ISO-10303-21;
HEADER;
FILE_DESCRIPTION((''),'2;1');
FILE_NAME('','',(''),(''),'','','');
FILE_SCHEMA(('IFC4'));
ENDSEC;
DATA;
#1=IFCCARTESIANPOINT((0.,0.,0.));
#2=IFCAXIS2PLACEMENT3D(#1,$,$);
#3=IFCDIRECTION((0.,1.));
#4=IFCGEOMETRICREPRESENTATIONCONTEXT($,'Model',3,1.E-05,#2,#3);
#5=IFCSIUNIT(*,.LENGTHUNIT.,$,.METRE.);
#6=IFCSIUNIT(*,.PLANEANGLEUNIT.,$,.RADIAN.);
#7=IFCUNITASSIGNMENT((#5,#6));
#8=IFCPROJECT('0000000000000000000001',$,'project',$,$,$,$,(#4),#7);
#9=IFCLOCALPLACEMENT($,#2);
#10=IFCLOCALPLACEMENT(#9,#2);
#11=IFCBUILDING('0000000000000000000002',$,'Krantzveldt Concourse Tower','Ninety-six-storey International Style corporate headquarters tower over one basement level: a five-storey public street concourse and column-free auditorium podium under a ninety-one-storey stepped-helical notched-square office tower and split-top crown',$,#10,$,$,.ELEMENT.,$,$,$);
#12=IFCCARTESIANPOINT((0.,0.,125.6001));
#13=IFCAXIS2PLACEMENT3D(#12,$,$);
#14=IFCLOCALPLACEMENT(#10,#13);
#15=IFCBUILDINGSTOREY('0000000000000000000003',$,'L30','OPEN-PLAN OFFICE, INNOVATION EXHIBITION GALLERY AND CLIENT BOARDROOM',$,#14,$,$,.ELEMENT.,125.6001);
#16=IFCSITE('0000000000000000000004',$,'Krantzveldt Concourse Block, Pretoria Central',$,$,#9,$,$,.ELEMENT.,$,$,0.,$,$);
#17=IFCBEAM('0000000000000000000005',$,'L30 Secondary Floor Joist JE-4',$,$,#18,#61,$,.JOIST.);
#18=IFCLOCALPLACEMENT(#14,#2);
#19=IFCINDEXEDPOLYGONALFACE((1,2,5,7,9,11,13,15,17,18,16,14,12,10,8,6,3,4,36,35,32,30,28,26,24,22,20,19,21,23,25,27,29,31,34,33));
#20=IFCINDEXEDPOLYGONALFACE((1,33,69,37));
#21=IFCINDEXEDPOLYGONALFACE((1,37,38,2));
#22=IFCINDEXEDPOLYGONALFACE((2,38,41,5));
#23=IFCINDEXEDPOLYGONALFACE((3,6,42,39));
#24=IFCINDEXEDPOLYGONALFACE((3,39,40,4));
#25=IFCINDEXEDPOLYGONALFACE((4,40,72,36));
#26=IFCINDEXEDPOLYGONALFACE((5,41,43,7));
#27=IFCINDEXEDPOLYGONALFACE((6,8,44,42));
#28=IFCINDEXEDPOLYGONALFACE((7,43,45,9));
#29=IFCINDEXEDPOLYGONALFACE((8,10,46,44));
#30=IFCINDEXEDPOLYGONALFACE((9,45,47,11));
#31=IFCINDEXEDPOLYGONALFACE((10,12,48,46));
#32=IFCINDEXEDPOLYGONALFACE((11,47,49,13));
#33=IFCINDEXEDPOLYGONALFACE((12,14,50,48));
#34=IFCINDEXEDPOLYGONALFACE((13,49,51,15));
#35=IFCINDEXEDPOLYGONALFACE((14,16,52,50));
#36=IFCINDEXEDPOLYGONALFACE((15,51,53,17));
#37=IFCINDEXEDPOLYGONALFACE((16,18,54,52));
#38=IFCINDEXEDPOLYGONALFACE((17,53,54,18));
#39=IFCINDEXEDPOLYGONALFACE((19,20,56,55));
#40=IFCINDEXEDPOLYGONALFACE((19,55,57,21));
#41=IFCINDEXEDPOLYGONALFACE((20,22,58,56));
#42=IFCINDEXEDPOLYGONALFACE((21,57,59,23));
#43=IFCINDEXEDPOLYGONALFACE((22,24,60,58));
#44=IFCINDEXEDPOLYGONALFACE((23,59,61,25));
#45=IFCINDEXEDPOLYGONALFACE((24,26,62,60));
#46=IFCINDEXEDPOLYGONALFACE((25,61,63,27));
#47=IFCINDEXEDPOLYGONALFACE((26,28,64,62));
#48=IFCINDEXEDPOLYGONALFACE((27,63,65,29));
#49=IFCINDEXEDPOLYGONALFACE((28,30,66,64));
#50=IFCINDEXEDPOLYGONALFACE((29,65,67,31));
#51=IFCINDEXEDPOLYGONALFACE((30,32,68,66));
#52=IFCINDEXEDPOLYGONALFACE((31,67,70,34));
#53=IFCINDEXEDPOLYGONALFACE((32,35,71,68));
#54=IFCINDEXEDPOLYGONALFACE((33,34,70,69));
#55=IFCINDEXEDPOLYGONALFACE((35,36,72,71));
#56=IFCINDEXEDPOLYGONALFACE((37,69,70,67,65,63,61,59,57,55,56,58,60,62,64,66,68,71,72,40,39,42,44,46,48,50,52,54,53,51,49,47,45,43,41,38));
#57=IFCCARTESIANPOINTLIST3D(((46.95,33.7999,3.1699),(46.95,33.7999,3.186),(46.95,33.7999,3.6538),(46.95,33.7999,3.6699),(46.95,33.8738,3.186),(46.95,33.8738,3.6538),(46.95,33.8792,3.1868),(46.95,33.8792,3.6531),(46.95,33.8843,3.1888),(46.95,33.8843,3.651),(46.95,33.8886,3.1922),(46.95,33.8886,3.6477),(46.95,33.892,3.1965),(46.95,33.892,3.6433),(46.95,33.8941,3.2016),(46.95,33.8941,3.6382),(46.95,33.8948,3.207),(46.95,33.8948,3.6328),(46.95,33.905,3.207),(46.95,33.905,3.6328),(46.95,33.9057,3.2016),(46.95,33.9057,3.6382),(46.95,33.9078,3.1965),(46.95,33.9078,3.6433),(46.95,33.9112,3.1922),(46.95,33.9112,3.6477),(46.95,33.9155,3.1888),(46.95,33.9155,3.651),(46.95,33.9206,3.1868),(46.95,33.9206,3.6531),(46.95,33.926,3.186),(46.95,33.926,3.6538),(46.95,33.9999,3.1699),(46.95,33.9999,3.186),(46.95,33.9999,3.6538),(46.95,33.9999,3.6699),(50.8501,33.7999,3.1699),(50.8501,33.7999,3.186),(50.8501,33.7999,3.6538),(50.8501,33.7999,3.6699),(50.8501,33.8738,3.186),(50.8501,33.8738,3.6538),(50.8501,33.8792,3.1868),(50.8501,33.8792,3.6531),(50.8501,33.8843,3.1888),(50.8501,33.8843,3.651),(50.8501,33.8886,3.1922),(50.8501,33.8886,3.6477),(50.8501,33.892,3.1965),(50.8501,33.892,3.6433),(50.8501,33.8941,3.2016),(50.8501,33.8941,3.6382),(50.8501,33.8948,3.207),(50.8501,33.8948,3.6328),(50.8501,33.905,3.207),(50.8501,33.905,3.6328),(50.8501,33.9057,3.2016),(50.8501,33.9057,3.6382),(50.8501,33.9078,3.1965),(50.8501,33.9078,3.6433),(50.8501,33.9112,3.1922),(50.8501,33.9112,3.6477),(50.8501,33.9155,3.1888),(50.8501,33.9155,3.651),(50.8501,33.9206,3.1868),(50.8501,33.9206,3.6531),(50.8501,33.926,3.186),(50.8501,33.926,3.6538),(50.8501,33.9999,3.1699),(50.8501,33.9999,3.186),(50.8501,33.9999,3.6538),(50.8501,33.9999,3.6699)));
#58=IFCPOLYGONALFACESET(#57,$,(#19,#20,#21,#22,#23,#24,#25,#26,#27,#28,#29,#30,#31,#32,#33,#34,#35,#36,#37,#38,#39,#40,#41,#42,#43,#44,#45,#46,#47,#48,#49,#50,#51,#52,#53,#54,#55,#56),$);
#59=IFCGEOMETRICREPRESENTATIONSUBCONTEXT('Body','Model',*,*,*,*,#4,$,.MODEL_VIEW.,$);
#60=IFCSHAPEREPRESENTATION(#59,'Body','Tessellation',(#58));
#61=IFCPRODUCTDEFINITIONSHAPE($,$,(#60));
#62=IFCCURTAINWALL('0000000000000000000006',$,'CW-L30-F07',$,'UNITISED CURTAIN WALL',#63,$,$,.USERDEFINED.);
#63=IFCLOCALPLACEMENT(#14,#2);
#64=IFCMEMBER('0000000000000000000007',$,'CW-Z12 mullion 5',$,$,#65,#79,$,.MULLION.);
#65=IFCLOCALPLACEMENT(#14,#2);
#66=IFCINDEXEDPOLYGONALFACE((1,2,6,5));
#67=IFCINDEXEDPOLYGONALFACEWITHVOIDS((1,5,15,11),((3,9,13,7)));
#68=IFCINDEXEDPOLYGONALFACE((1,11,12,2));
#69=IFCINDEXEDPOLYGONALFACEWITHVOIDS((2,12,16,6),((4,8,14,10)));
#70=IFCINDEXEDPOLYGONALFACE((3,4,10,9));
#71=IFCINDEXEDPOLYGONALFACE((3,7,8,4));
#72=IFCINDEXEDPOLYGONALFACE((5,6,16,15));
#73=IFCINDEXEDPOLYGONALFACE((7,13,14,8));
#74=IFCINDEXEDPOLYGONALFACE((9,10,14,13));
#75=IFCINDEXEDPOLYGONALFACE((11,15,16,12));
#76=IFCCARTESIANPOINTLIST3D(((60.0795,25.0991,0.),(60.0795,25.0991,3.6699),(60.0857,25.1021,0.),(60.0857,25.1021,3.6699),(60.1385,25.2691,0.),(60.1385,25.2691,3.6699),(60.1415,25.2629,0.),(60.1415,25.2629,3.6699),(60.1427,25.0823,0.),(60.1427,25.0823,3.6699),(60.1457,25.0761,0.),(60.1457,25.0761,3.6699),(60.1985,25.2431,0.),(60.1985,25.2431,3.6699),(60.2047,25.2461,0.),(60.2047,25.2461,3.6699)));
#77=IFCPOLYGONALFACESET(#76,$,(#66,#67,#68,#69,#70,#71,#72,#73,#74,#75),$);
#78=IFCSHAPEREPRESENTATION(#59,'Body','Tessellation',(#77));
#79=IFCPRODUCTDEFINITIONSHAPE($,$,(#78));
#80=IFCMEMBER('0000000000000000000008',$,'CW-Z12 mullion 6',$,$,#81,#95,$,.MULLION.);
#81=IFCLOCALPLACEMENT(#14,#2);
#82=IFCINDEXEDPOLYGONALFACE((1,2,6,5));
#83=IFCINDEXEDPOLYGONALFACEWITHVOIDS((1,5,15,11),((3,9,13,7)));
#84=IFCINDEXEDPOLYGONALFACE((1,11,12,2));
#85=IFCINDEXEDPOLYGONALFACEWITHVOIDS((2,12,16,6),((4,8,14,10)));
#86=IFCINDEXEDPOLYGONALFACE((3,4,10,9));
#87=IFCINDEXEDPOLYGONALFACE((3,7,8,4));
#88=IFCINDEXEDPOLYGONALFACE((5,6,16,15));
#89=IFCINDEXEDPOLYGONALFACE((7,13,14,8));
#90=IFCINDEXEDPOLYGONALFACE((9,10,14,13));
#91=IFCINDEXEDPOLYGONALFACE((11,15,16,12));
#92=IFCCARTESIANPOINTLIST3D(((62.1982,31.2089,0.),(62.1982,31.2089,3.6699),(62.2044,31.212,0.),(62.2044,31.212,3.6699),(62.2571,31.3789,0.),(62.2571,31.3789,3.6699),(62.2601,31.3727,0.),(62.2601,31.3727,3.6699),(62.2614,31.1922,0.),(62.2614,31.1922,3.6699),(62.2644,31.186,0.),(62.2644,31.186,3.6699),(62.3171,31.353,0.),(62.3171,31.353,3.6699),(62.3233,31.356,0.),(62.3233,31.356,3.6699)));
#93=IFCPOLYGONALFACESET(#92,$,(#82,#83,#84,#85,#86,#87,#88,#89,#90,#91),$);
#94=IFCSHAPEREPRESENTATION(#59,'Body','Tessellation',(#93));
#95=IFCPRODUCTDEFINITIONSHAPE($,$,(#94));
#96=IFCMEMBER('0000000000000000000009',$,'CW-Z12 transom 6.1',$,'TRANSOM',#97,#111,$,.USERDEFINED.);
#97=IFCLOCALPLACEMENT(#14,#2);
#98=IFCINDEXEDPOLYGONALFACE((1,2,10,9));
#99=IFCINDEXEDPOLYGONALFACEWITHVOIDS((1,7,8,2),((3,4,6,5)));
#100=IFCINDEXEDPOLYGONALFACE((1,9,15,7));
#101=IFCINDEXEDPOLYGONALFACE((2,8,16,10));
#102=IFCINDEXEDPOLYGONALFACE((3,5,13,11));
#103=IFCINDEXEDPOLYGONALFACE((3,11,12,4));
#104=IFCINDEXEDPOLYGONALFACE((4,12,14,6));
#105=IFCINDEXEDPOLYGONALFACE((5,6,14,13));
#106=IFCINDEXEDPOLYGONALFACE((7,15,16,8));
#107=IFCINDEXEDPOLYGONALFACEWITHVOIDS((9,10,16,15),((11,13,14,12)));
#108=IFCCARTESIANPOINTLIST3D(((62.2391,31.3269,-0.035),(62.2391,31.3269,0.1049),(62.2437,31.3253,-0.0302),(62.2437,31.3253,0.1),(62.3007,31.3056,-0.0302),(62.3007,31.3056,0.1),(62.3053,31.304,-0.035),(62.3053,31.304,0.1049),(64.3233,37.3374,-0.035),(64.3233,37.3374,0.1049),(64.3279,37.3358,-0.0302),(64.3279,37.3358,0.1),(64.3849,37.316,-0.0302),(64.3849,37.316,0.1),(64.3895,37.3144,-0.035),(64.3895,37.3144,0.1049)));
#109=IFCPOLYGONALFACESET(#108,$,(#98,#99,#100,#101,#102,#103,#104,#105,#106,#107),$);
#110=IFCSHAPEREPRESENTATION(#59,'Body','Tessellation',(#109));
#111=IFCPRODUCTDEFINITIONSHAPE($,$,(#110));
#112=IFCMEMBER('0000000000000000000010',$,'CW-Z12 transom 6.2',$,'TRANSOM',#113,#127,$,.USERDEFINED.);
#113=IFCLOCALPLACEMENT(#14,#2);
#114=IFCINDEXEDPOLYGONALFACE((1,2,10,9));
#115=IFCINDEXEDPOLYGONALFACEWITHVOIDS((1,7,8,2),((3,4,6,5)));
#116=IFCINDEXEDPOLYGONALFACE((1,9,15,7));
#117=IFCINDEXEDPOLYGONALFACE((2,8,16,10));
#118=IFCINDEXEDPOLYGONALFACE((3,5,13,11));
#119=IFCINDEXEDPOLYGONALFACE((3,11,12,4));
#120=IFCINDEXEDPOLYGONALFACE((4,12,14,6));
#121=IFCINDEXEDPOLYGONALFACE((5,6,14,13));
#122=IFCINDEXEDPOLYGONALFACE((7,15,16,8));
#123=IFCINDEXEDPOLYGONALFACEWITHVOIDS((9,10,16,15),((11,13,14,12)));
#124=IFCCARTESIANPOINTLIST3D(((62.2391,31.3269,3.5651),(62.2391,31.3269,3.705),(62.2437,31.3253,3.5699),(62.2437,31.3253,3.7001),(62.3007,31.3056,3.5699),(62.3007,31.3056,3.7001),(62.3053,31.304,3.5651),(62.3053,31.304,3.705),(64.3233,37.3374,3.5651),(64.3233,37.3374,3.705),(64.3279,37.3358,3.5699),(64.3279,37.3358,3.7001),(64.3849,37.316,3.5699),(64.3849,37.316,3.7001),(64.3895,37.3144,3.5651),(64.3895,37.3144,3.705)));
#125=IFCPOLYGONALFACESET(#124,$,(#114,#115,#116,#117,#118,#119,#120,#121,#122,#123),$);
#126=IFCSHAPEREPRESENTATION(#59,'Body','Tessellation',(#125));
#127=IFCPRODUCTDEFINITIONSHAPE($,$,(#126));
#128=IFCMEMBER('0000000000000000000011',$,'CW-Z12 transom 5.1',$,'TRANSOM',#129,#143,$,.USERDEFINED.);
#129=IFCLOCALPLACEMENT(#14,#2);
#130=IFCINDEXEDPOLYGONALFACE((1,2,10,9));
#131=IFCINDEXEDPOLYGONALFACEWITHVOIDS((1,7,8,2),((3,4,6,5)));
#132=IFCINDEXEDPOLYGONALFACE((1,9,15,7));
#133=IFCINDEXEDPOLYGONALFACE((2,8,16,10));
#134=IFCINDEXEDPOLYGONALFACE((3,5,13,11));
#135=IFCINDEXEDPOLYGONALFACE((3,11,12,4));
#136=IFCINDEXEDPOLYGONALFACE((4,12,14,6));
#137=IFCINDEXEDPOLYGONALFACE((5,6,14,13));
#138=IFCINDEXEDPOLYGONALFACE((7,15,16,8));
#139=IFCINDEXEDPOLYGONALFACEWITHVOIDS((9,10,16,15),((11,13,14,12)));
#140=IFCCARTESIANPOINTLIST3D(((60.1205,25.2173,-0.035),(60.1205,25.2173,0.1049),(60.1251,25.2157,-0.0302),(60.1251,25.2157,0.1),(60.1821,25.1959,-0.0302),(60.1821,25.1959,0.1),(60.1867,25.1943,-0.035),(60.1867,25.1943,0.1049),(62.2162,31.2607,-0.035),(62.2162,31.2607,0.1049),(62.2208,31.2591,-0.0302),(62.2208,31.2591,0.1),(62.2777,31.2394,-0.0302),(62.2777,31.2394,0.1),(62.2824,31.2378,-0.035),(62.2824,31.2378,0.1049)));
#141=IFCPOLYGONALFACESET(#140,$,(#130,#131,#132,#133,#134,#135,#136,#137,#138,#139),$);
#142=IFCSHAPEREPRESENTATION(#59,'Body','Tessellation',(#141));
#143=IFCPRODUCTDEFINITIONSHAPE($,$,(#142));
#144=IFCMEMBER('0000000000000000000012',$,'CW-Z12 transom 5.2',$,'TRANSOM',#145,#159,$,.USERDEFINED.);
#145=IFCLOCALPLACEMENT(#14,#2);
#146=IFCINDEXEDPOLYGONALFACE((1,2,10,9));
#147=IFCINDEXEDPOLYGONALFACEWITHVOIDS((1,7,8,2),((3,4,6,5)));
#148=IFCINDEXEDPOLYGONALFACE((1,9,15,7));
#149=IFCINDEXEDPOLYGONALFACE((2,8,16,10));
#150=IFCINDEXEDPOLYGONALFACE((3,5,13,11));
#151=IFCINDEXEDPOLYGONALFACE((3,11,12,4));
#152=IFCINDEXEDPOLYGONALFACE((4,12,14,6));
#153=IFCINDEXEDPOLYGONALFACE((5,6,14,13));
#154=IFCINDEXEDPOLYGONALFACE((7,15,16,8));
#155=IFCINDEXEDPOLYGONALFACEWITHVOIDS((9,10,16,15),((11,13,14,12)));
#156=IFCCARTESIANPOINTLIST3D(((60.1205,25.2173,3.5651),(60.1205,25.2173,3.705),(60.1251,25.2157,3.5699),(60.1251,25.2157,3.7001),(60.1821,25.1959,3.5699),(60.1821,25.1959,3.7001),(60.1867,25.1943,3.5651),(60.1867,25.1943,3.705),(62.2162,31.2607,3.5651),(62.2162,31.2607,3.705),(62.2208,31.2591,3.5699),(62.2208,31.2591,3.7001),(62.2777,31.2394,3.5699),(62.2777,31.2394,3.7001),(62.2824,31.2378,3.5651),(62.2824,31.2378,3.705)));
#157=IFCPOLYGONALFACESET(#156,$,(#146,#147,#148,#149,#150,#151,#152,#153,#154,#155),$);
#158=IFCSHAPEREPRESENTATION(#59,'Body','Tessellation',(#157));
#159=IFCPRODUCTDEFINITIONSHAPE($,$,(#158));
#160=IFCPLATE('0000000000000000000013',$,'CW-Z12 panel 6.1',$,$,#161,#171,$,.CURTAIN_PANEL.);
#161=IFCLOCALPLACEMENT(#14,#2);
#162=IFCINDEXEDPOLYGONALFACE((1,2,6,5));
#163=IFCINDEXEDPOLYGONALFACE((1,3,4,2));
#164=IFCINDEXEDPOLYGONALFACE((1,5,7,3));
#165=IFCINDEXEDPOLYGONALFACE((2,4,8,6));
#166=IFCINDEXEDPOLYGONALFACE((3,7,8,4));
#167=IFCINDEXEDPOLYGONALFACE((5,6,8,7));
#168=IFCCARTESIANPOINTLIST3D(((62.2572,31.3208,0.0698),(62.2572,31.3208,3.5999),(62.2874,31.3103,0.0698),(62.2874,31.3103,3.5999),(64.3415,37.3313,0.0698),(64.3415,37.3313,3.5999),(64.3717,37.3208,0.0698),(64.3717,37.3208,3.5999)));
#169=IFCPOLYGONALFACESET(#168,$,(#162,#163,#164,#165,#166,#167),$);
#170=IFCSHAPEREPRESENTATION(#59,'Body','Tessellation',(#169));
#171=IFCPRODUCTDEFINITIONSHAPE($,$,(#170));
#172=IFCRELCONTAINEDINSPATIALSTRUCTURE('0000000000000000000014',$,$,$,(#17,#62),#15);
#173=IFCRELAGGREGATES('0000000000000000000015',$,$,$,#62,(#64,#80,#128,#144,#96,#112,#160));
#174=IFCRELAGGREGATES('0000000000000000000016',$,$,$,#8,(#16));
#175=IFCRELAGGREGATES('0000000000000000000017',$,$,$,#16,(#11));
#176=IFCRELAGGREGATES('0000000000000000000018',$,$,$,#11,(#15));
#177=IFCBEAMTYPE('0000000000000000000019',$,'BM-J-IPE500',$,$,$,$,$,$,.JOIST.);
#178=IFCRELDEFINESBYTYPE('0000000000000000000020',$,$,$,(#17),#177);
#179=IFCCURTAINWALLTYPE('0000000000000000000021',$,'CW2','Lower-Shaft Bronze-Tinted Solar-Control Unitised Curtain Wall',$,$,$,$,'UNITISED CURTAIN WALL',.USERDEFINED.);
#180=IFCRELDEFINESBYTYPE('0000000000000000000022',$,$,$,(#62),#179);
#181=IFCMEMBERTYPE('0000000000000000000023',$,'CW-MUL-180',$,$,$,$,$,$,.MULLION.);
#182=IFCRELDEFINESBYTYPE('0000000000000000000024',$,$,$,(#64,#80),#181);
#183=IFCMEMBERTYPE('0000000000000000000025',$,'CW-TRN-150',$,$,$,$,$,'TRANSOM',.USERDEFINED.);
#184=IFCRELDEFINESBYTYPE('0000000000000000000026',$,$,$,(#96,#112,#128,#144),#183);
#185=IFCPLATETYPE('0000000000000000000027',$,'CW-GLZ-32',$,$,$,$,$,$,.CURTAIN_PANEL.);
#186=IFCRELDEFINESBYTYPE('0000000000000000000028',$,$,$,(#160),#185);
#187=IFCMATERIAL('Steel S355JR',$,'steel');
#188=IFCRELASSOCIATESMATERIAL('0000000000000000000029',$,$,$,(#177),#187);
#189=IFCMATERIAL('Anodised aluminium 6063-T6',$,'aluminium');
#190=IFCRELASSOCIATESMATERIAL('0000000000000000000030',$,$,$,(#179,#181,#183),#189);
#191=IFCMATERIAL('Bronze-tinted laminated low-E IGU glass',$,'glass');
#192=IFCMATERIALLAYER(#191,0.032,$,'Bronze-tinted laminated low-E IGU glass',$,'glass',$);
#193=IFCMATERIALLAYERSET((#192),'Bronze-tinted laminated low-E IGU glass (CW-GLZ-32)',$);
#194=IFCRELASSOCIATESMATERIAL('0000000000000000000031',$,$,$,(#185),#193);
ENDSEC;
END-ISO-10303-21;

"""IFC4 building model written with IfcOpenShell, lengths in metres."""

from ifc_helpers import new_model, si_unit, direction, frame, origin, origin_2d, place, context, subcontext, project, spatial, rectangle, hollow_rectangle, i_section, extrude, source, transform, mapped, material, layer, layer_set, material_profile, profile_set, type_object, type_shapes, element, aggregate, save


model = new_model("IFC4")

# Units and contexts
model_context = context("Model", 3, precision=1e-05, world=origin(), true_north=direction((0.0, 1.0)))
body_context = subcontext(model_context, "Body", "Model", "MODEL_VIEW")
ifc_project = project(units=[si_unit("LENGTHUNIT", "METRE"), si_unit("PLANEANGLEUNIT", "RADIAN")], contexts=[model_context])

# Site, building, storey
site_placement = place(None, origin())
site = spatial("IfcSite", under=ifc_project, at=site_placement, Name="Krantzveldt Concourse Block, Pretoria Central", CompositionType="ELEMENT", RefElevation=0.0)
building_placement = place(site_placement, origin())
building = spatial("IfcBuilding", under=site, at=building_placement, Name="Krantzveldt Concourse Tower", Description="Ninety-six-storey International Style corporate headquarters tower over one basement level: a five-storey public street concourse and column-free auditorium podium under a ninety-one-storey stepped-helical notched-square office tower and split-top crown", CompositionType="ELEMENT")
storey_placement = place(building_placement, frame((0.0, 0.0, 125.6001)))
storey = spatial("IfcBuildingStorey", under=building, at=storey_placement, Name="L30", Description="OPEN-PLAN OFFICE, INNOVATION EXHIBITION GALLERY AND CLIENT BOARDROOM", CompositionType="ELEMENT", Elevation=125.6001)

# Beam
ifc_material_1 = material(Name="Steel S355JR", Category="steel")
ifc_material_profile_1 = material_profile(ifc_material_1, i_section(OverallWidth=0.2, OverallDepth=0.5, WebThickness=0.0103, FlangeThickness=0.0161, FilletRadius=0.021, at=origin_2d()), Name="Steel S355JR", Category="steel")
ifc_profile_set_1 = profile_set([ifc_material_profile_1], Name="Steel S355JR - IPE 500")
beam_type_1 = type_object("IfcBeamType", Name="BM-J-IPE500", PredefinedType="JOIST", material=ifc_profile_set_1)
shared_shape_1 = source(origin(), body_context, "Body", "SweptSolid", [
    extrude(i_section(OverallWidth=0.2, OverallDepth=0.5, WebThickness=0.0103, FlangeThickness=0.0161, FilletRadius=0.021, at=origin_2d()), origin(), (0.0, 0.0, 1.0), 3.9001),
])
type_shapes(beam_type_1, [shared_shape_1])
for number, where, z_axis, x_axis, name in (
    (1, (46.95, 33.8999, 3.4199), (1.0, 0.0, 0.0), (0.0, 1.0, 0.0), "L30 Secondary Floor Joist JE-4"),
):
    element("IfcBeam", number, at=place(storey_placement, frame(where, z_axis=z_axis, x_axis=x_axis)), inside=storey, type_object=beam_type_1, Name=name, PredefinedType="JOIST", context=body_context, shape_type="MappedRepresentation", body=[
        mapped(shared_shape_1, transform((0.0, 0.0, 0.0), x_axis=(1.0, 0.0, 0.0), y_axis=(0.0, 1.0, 0.0), z_axis=(0.0, 0.0, 1.0), scale=1.0)),
    ])

# Curtain wall, members, plate
ifc_material_2 = material(Name="Anodised aluminium 6063-T6", Category="aluminium")
curtain_wall_type = type_object("IfcCurtainWallType", Name="CW2", Description="Lower-Shaft Bronze-Tinted Solar-Control Unitised Curtain Wall", ElementType="UNITISED CURTAIN WALL", PredefinedType="USERDEFINED", material=ifc_material_2)
curtain_wall_placement = place(storey_placement, origin())
curtain_wall = element("IfcCurtainWall", 2, at=curtain_wall_placement, inside=storey, type_object=curtain_wall_type, Name="CW-L30-F07", ObjectType="UNITISED CURTAIN WALL", PredefinedType="USERDEFINED")
ifc_material_profile_2 = material_profile(ifc_material_2, hollow_rectangle(XDim=0.0701, YDim=0.1799, WallThickness=0.0049, at=origin_2d()), Name="Anodised aluminium 6063-T6", Category="aluminium")
ifc_profile_set_2 = profile_set([ifc_material_profile_2], Name="Anodised aluminium 6063-T6 - ALU-MULL 180x70x5")
member_type_1 = type_object("IfcMemberType", Name="CW-MUL-180", PredefinedType="MULLION", material=ifc_profile_set_2)
shared_shape_2 = source(origin(), body_context, "Body", "SweptSolid", [
    extrude(hollow_rectangle(XDim=0.0701, YDim=0.1799, WallThickness=0.0049, at=origin_2d()), origin(), (0.0, 0.0, 1.0), 3.6699),
])
type_shapes(member_type_1, [shared_shape_2])
member_1_placement = place(storey_placement, frame((60.1421, 25.1726, 0.0), z_axis=(0.0, 0.0, 1.0), x_axis=(-0.944806, 0.32763, 0.0)))
member_1 = element("IfcMember", 3, at=member_1_placement, type_object=member_type_1, Name="CW-Z12 mullion 5", PredefinedType="MULLION", context=body_context, shape_type="MappedRepresentation", body=[
    mapped(shared_shape_2, transform((0.0, 0.0, 0.0), x_axis=(1.0, 0.0, 0.0), y_axis=(0.0, 1.0, 0.0), z_axis=(0.0, 0.0, 1.0), scale=1.0)),
])
member_2_placement = place(storey_placement, frame((62.2607, 31.2825, 0.0), z_axis=(0.0, 0.0, 1.0), x_axis=(-0.944806, 0.32763, 0.0)))
member_2 = element("IfcMember", 4, at=member_2_placement, type_object=member_type_1, Name="CW-Z12 mullion 6", PredefinedType="MULLION", context=body_context, shape_type="MappedRepresentation", body=[
    mapped(shared_shape_2, transform((0.0, 0.0, 0.0), x_axis=(1.0, 0.0, 0.0), y_axis=(0.0, 1.0, 0.0), z_axis=(0.0, 0.0, 1.0), scale=1.0)),
])
ifc_material_profile_3 = material_profile(ifc_material_2, hollow_rectangle(XDim=0.0701, YDim=0.1399, WallThickness=0.0049, at=origin_2d()), Name="Anodised aluminium 6063-T6", Category="aluminium")
ifc_profile_set_3 = profile_set([ifc_material_profile_3], Name="Anodised aluminium 6063-T6 - ALU-TRAN 140x70x5")
member_type_2 = type_object("IfcMemberType", Name="CW-TRN-150", ElementType="TRANSOM", PredefinedType="USERDEFINED", material=ifc_profile_set_3)
shared_shape_3 = source(origin(), body_context, "Body", "SweptSolid", [
    extrude(hollow_rectangle(XDim=0.0701, YDim=0.1399, WallThickness=0.0049, at=origin_2d()), origin(), (0.0, 0.0, 1.0), 6.3616),
])
member_3_placement = place(storey_placement, frame((62.2722, 31.3154, 0.0349), z_axis=(0.327626, 0.944808, 0.0), x_axis=(-0.944808, 0.327626, 0.0)))
member_3 = element("IfcMember", 5, at=member_3_placement, type_object=member_type_2, Name="CW-Z12 transom 6.1", ObjectType="TRANSOM", PredefinedType="USERDEFINED", context=body_context, shape_type="MappedRepresentation", body=[
    mapped(shared_shape_3, transform((0.0, 0.0, 0.0), x_axis=(1.0, 0.0, 0.0), y_axis=(0.0, 1.0, 0.0), z_axis=(0.0, 0.0, 1.0), scale=1.0)),
])
member_4_placement = place(storey_placement, frame((62.2722, 31.3154, 3.635), z_axis=(0.327626, 0.944808, 0.0), x_axis=(-0.944808, 0.327626, 0.0)))
member_4 = element("IfcMember", 6, at=member_4_placement, type_object=member_type_2, Name="CW-Z12 transom 6.2", ObjectType="TRANSOM", PredefinedType="USERDEFINED", context=body_context, shape_type="MappedRepresentation", body=[
    mapped(shared_shape_3, transform((0.0, 0.0, 0.0), x_axis=(1.0, 0.0, 0.0), y_axis=(0.0, 1.0, 0.0), z_axis=(0.0, 0.0, 1.0), scale=1.0)),
])
shared_shape_4 = source(origin(), body_context, "Body", "SweptSolid", [
    extrude(hollow_rectangle(XDim=0.0701, YDim=0.1399, WallThickness=0.0049, at=origin_2d()), origin(), (0.0, 0.0, 1.0), 6.3965),
])
type_shapes(member_type_2, [shared_shape_3, shared_shape_4])
member_5_placement = place(storey_placement, frame((60.1536, 25.2058, 0.0349), z_axis=(0.327632, 0.944805, 0.0), x_axis=(-0.944805, 0.327632, 0.0)))
member_5 = element("IfcMember", 7, at=member_5_placement, type_object=member_type_2, Name="CW-Z12 transom 5.1", ObjectType="TRANSOM", PredefinedType="USERDEFINED", context=body_context, shape_type="MappedRepresentation", body=[
    mapped(shared_shape_4, transform((0.0, 0.0, 0.0), x_axis=(1.0, 0.0, 0.0), y_axis=(0.0, 1.0, 0.0), z_axis=(0.0, 0.0, 1.0), scale=1.0)),
])
member_6_placement = place(storey_placement, frame((60.1536, 25.2058, 3.635), z_axis=(0.327632, 0.944805, 0.0), x_axis=(-0.944805, 0.327632, 0.0)))
member_6 = element("IfcMember", 8, at=member_6_placement, type_object=member_type_2, Name="CW-Z12 transom 5.2", ObjectType="TRANSOM", PredefinedType="USERDEFINED", context=body_context, shape_type="MappedRepresentation", body=[
    mapped(shared_shape_4, transform((0.0, 0.0, 0.0), x_axis=(1.0, 0.0, 0.0), y_axis=(0.0, 1.0, 0.0), z_axis=(0.0, 0.0, 1.0), scale=1.0)),
])
ifc_material_3 = material(Name="Bronze-tinted laminated low-E IGU glass", Category="glass")
ifc_layer_1 = layer(ifc_material_3, 0.032, Name="Bronze-tinted laminated low-E IGU glass", Category="glass")
ifc_layer_set_1 = layer_set([ifc_layer_1], Name="Bronze-tinted laminated low-E IGU glass (CW-GLZ-32)")
plate_type = type_object("IfcPlateType", Name="CW-GLZ-32", PredefinedType="CURTAIN_PANEL", material=ifc_layer_set_1)
shared_shape_5 = source(origin(), body_context, "Body", "SweptSolid", [
    extrude(rectangle(XDim=6.3616, YDim=0.032, at=origin_2d()), origin(), (0.0, 0.0, 1.0), 3.53),
])
plate_1_placement = place(storey_placement, frame((63.3145, 34.3208, 0.0698), z_axis=(0.0, 0.0, 1.0), x_axis=(0.32763, 0.944806, 0.0)))
plate_1 = element("IfcPlate", 9, at=plate_1_placement, type_object=plate_type, Name="CW-Z12 panel 6.1", PredefinedType="CURTAIN_PANEL", context=body_context, shape_type="MappedRepresentation", body=[
    mapped(shared_shape_5, transform((0.0, 0.0, 0.0), x_axis=(1.0, 0.0, 0.0), y_axis=(0.0, 1.0, 0.0), z_axis=(0.0, 0.0, 1.0), scale=1.0)),
])
aggregate(curtain_wall, [member_1, member_2, member_5, member_6, member_3, member_4, plate_1])

save(model, "model.ifc")
